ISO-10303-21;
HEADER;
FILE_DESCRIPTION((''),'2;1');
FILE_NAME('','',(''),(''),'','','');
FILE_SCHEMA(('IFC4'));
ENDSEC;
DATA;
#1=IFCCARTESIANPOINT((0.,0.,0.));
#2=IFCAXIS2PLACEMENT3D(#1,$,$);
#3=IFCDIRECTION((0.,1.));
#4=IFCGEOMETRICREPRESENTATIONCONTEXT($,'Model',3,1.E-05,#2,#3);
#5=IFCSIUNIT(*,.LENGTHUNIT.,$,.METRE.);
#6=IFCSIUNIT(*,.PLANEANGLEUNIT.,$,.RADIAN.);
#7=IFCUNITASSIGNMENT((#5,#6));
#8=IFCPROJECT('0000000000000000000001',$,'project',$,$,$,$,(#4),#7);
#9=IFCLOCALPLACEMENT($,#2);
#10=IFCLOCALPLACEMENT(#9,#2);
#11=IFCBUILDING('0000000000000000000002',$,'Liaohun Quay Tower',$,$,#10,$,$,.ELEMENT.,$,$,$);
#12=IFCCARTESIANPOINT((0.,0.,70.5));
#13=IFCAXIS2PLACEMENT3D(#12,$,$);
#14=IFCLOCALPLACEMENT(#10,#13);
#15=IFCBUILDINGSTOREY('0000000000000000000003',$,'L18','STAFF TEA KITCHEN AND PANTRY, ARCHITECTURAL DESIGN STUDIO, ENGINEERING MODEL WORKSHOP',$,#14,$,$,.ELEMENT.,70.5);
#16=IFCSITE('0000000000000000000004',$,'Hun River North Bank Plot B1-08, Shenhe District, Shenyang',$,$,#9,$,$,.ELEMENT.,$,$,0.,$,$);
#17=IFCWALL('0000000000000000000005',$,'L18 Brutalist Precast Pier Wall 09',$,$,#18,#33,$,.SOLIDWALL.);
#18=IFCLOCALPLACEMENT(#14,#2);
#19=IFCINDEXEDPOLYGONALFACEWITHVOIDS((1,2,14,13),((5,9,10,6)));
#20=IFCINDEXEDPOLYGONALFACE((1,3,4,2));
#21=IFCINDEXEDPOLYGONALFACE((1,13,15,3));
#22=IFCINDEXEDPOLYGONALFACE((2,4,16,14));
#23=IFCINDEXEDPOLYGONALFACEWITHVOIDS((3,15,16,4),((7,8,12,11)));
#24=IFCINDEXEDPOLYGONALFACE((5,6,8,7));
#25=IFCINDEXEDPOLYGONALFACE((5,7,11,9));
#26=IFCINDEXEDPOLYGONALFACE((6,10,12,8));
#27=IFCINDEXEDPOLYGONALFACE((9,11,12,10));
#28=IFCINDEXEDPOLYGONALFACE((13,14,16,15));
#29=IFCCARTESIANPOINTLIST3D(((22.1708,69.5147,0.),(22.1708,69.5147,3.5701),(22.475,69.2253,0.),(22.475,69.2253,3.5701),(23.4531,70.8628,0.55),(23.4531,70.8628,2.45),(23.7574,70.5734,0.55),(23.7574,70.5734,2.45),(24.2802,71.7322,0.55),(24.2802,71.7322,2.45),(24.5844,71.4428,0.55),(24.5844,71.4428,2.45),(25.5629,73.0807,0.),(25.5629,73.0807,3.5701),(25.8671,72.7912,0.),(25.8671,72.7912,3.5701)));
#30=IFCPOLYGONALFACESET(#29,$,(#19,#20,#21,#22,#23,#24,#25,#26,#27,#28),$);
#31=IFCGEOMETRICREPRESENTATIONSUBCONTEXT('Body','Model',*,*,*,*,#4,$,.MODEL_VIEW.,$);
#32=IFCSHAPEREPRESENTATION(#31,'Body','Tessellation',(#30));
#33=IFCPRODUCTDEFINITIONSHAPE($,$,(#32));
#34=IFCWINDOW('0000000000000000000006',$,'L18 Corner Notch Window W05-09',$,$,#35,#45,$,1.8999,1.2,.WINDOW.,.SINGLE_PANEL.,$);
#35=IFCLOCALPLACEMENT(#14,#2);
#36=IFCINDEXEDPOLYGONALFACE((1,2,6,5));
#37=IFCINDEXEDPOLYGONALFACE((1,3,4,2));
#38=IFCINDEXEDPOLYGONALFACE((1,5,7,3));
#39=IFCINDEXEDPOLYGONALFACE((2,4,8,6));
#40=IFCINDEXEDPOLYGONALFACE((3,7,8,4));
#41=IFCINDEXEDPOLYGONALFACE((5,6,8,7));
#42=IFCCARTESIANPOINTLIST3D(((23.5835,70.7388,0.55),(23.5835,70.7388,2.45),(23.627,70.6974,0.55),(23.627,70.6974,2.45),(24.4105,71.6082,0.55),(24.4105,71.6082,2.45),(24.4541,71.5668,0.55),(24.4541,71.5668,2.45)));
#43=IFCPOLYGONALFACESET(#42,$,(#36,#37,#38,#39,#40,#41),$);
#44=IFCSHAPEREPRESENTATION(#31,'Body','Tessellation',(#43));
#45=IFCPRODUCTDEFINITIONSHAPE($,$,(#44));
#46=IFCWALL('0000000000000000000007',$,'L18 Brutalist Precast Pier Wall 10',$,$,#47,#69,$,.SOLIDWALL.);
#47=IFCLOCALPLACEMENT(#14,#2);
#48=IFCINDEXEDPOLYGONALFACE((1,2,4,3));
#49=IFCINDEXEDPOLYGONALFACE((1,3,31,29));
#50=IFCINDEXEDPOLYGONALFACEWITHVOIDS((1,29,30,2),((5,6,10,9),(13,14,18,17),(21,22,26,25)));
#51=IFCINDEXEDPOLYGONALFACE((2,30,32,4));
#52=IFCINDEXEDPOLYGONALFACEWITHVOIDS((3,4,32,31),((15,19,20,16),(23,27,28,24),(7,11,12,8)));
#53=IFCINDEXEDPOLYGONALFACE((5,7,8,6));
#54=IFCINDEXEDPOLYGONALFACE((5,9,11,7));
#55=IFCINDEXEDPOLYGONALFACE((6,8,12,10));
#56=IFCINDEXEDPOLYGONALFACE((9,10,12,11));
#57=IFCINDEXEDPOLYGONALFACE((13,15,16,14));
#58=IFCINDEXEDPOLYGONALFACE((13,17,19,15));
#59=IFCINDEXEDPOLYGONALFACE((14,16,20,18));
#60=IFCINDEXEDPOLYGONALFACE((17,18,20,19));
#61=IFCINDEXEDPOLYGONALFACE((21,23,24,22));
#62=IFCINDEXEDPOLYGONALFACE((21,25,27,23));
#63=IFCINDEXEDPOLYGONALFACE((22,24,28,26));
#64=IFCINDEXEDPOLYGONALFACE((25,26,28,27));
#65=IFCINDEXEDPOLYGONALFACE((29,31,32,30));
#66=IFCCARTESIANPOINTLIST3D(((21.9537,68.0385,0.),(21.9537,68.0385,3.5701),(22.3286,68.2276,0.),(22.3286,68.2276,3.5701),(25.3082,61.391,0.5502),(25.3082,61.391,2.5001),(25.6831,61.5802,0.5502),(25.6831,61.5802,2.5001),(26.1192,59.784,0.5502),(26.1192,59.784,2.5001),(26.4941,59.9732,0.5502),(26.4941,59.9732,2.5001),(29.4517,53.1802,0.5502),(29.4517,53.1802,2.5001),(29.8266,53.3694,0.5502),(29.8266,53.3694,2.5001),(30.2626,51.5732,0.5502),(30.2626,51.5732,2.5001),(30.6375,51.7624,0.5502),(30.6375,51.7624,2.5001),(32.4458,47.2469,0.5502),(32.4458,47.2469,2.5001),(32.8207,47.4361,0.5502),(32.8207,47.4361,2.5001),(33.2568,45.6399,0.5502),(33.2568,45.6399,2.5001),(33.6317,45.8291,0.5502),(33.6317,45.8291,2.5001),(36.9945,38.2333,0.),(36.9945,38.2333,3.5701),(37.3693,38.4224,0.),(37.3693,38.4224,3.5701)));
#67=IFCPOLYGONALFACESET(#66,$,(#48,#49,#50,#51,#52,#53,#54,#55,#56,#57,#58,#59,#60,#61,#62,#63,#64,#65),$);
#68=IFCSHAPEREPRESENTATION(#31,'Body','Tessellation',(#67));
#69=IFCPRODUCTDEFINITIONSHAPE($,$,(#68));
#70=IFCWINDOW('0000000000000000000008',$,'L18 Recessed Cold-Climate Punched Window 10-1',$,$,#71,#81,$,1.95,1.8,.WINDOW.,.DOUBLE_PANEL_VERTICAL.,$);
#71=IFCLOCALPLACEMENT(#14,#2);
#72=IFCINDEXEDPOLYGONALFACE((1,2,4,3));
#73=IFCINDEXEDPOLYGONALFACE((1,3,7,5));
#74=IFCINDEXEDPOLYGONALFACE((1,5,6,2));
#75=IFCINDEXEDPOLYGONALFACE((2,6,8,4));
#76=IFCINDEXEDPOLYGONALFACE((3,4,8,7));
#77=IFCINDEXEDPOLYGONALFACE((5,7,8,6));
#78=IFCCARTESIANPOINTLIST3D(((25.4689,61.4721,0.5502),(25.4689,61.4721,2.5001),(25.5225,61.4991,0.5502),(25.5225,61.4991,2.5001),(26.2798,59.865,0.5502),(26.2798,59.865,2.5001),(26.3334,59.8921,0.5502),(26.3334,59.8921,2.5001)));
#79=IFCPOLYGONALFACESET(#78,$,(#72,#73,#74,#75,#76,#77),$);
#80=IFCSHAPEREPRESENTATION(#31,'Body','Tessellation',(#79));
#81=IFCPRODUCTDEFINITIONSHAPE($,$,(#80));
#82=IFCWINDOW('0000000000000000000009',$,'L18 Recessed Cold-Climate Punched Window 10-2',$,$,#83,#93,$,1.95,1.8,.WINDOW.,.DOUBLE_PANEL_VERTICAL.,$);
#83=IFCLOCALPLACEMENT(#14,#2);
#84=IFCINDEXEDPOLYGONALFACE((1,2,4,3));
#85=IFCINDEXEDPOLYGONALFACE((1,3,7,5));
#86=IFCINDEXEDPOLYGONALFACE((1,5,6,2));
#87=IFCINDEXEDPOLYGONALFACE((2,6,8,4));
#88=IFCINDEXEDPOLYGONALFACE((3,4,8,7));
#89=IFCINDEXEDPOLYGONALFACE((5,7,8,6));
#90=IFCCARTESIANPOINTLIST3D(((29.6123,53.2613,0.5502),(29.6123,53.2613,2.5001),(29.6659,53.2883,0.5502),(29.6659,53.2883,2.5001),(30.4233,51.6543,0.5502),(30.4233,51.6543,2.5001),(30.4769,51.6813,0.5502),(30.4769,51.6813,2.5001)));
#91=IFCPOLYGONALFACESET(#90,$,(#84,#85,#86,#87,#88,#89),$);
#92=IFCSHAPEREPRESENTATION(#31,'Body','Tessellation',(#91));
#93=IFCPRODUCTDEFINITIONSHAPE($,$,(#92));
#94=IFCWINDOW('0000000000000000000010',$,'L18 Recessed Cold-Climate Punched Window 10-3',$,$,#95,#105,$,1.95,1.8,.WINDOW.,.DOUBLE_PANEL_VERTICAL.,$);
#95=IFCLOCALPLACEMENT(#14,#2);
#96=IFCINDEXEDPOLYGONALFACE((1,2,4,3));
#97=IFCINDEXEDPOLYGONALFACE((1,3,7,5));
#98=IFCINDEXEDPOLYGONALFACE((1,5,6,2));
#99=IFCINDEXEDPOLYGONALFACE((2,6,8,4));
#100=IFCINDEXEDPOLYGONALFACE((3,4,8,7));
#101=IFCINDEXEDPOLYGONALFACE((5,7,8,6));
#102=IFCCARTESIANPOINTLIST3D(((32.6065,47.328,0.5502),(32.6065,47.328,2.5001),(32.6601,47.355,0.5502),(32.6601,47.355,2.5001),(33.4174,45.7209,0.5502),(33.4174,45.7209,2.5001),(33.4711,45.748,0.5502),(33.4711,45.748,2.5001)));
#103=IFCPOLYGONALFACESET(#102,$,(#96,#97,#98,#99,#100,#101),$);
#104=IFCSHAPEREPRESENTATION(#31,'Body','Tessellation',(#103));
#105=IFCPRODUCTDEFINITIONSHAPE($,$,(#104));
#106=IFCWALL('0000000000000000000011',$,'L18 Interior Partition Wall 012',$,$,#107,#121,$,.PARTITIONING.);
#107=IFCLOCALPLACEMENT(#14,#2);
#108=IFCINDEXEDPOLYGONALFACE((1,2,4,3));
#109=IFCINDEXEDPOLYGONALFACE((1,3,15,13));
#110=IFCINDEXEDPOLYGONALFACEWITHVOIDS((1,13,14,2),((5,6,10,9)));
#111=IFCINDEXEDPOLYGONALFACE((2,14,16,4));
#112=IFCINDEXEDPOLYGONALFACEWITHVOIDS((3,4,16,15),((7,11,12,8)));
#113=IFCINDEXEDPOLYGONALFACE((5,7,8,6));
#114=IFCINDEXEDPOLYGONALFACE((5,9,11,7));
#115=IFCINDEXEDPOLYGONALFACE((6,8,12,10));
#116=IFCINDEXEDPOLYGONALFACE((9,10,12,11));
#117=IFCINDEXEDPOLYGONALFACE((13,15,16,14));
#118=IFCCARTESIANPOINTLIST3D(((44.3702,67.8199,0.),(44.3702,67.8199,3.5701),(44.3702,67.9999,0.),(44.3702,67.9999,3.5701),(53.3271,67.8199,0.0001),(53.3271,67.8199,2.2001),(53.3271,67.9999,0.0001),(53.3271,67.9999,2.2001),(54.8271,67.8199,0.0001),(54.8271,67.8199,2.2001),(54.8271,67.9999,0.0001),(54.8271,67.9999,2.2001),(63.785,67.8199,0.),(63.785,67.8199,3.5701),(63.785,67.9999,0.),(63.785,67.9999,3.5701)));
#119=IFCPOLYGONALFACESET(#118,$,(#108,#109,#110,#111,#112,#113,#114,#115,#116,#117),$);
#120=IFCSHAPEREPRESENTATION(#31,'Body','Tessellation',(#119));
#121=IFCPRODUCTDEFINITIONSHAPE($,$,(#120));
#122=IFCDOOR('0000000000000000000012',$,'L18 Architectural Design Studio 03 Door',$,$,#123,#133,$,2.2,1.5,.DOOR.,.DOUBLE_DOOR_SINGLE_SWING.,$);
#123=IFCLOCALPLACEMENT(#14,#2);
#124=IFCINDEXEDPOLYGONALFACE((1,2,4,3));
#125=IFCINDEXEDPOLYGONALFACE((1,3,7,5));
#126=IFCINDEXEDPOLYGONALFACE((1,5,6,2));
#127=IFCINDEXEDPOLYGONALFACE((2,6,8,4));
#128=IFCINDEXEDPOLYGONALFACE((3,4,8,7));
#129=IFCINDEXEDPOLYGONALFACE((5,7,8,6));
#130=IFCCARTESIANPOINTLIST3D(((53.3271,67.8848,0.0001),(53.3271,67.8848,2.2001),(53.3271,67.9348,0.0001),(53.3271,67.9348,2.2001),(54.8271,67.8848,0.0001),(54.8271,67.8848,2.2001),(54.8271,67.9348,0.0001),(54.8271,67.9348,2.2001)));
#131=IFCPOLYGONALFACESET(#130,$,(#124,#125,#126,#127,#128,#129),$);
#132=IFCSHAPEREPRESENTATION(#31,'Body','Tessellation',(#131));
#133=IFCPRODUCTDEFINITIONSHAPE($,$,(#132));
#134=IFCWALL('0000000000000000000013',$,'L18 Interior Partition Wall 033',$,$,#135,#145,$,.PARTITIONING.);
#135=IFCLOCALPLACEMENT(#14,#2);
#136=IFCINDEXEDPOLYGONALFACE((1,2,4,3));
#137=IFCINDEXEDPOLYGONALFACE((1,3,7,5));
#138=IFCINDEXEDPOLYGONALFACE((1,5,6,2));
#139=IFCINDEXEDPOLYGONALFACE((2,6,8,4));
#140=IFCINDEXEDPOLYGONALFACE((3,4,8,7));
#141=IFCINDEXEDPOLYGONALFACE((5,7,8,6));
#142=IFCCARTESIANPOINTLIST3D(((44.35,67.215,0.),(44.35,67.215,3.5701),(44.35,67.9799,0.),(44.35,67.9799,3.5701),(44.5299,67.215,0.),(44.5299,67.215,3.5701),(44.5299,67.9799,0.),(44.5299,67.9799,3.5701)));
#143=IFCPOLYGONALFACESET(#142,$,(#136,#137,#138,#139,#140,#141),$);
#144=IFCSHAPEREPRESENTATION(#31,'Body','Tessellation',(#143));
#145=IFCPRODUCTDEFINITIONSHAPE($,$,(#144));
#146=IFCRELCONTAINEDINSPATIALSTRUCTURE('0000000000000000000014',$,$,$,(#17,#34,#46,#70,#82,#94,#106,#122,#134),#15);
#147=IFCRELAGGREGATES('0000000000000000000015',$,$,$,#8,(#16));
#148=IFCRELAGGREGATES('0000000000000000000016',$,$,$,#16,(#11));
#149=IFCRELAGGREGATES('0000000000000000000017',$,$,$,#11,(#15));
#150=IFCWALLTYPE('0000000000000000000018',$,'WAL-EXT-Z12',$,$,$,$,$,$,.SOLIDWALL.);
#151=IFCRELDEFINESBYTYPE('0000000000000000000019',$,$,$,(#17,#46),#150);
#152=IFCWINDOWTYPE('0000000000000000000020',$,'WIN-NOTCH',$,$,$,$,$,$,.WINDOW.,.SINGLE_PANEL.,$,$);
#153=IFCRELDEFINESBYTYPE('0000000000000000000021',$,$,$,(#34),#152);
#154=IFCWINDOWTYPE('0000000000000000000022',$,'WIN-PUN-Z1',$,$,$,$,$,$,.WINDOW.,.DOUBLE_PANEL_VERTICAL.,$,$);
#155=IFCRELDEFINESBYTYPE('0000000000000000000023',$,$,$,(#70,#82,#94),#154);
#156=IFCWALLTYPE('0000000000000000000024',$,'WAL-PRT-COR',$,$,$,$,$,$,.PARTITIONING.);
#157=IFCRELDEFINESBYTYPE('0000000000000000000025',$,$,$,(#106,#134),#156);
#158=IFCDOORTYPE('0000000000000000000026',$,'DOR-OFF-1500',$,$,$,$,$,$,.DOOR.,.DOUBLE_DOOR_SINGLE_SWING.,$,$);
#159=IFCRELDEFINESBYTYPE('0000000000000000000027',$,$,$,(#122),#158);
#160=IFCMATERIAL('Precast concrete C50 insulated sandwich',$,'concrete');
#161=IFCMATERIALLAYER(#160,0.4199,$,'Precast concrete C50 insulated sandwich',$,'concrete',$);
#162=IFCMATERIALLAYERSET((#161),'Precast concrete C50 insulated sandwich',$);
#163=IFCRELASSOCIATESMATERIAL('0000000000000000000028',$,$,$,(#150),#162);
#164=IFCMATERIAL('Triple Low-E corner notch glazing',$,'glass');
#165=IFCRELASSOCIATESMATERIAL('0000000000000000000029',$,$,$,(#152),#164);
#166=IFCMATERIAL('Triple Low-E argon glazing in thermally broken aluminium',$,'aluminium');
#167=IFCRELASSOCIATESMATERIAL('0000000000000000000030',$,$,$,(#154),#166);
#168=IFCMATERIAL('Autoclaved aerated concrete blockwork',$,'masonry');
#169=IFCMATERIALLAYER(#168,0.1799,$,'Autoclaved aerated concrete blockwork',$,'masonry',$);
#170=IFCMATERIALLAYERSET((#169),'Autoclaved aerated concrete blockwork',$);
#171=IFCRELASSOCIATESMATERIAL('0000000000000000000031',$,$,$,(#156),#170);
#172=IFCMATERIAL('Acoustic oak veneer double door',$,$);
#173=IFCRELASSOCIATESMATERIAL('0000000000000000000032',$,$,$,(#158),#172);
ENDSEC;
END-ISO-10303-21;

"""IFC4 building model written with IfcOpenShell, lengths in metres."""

from ifc_helpers import new_model, si_unit, direction, frame, frame_2d, origin, place, context, subcontext, project, spatial, rectangle, extrude, source, transform, mapped, material, layer, layer_set, type_object, element, fill, save


model = new_model("IFC4")

# Units and contexts
model_context = context("Model", 3, precision=1e-05, world=origin(), true_north=direction((0.0, 1.0)))
body_context = subcontext(model_context, "Body", "Model", "MODEL_VIEW")
ifc_project = project(units=[si_unit("LENGTHUNIT", "METRE"), si_unit("PLANEANGLEUNIT", "RADIAN")], contexts=[model_context])

# Site, building, storey
site_placement = place(None, origin())
site = spatial("IfcSite", under=ifc_project, at=site_placement, Name="Hun River North Bank Plot B1-08, Shenhe District, Shenyang", CompositionType="ELEMENT", RefElevation=0.0)
building_placement = place(site_placement, origin())
building = spatial("IfcBuilding", under=site, at=building_placement, Name="Liaohun Quay Tower", CompositionType="ELEMENT")
storey_placement = place(building_placement, frame((0.0, 0.0, 70.5)))
storey = spatial("IfcBuildingStorey", under=building, at=storey_placement, Name="L18", Description="STAFF TEA KITCHEN AND PANTRY, ARCHITECTURAL DESIGN STUDIO, ENGINEERING MODEL WORKSHOP", CompositionType="ELEMENT", Elevation=70.5)

# Wall, opening, window
ifc_material_1 = material(Name="Precast concrete C50 insulated sandwich", Category="concrete")
ifc_layer_1 = layer(ifc_material_1, 0.4199, Name="Precast concrete C50 insulated sandwich", Category="concrete")
ifc_layer_set_1 = layer_set([ifc_layer_1], Name="Precast concrete C50 insulated sandwich")
wall_type_1 = type_object("IfcWallType", Name="WAL-EXT-Z12", PredefinedType="SOLIDWALL", material=ifc_layer_set_1)
shared_shape_1 = source(origin(), body_context, "Body", "SweptSolid", [
    extrude(rectangle(XDim=1.2, YDim=1.8999, at=frame_2d((0.6001, 0.95))), frame((0.0, 0.22, 0.0), z_axis=(0.0, -1.0, 0.0), x_axis=(1.0, 0.0, 0.0)), (0.0, 0.0, 1.0), 0.4399),
])
ifc_material_2 = material(Name="Triple Low-E corner notch glazing", Category="glass")
window_type_1 = type_object("IfcWindowType", Name="WIN-NOTCH", PartitioningType="SINGLE_PANEL", PredefinedType="WINDOW", material=ifc_material_2)
shared_shape_2 = source(origin(), body_context, "Body", "SweptSolid", [
    extrude(rectangle(XDim=1.2, YDim=1.8999, at=frame_2d((0.6001, 0.95))), frame((0.0, 0.03, 0.0), z_axis=(0.0, -1.0, 0.0), x_axis=(1.0, 0.0, 0.0)), (0.0, 0.0, 1.0), 0.0601),
])
wall_1_placement = place(storey_placement, frame((25.7151, 72.936, 0.0), z_axis=(0.0, 0.0, 1.0), x_axis=(-0.689226, -0.724546, 0.0)))
wall_1 = element("IfcWall", 1, at=wall_1_placement, inside=storey, type_object=wall_type_1, Name="L18 Brutalist Precast Pier Wall 09", PredefinedType="SOLIDWALL", context=body_context, shape_type="SweptSolid", body=[
    extrude(rectangle(XDim=4.9216, YDim=0.4199, at=frame_2d((2.4609, 0.0))), origin(), (0.0, 0.0, 1.0), 3.5701),
])
opening_1_placement = place(wall_1_placement, frame((1.8611, 0.0, 0.55)))
opening_1 = element("IfcOpeningElement", 2, at=opening_1_placement, cuts=wall_1, PredefinedType="OPENING", context=body_context, shape_type="MappedRepresentation", body=[
    mapped(shared_shape_1, transform((0.0, 0.0, 0.0), x_axis=(1.0, 0.0, 0.0), y_axis=(0.0, 1.0, 0.0), z_axis=(0.0, 0.0, 1.0), scale=1.0)),
])
window_1_placement = place(opening_1_placement, origin())
window_1 = element("IfcWindow", 3, at=window_1_placement, inside=storey, type_object=window_type_1, Name="L18 Corner Notch Window W05-09", OverallHeight=1.8999, OverallWidth=1.2, PartitioningType="SINGLE_PANEL", PredefinedType="WINDOW", context=body_context, shape_type="MappedRepresentation", body=[
    mapped(shared_shape_2, transform((0.0, 0.0, 0.0), x_axis=(1.0, 0.0, 0.0), y_axis=(0.0, 1.0, 0.0), z_axis=(0.0, 0.0, 1.0), scale=1.0)),
])
fill(opening_1, window_1)

# Wall, openings, windows
wall_2_placement = place(storey_placement, frame((22.1411, 68.1331, 0.0), z_axis=(0.0, 0.0, 1.0), x_axis=(0.450522, -0.892765, 0.0)))
wall_2 = element("IfcWall", 4, at=wall_2_placement, inside=storey, type_object=wall_type_1, Name="L18 Brutalist Precast Pier Wall 10", PredefinedType="SOLIDWALL", context=body_context, shape_type="SweptSolid", body=[
    extrude(rectangle(XDim=33.3853, YDim=0.4199, at=frame_2d((16.6926, 0.0))), origin(), (0.0, 0.0, 1.0), 3.5701),
])
shared_shape_3 = source(origin(), body_context, "Body", "SweptSolid", [
    extrude(rectangle(XDim=1.8, YDim=1.95, at=frame_2d((0.8999, 0.9751))), frame((0.0, 0.22, 0.0), z_axis=(0.0, -1.0, 0.0), x_axis=(1.0, 0.0, 0.0)), (0.0, 0.0, 1.0), 0.4399),
])
opening_2_placement = place(wall_2_placement, frame((7.446, 0.0, 0.55)))
opening_2 = element("IfcOpeningElement", 5, at=opening_2_placement, cuts=wall_2, PredefinedType="OPENING", context=body_context, shape_type="MappedRepresentation", body=[
    mapped(shared_shape_3, transform((0.0, 0.0, 0.0), x_axis=(1.0, 0.0, 0.0), y_axis=(0.0, 1.0, 0.0), z_axis=(0.0, 0.0, 1.0), scale=1.0)),
])
opening_3_placement = place(wall_2_placement, frame((16.6431, 0.0, 0.55)))
opening_3 = element("IfcOpeningElement", 6, at=opening_3_placement, cuts=wall_2, PredefinedType="OPENING", context=body_context, shape_type="MappedRepresentation", body=[
    mapped(shared_shape_3, transform((0.0, 0.0, 0.0), x_axis=(1.0, 0.0, 0.0), y_axis=(0.0, 1.0, 0.0), z_axis=(0.0, 0.0, 1.0), scale=1.0)),
])
opening_4_placement = place(wall_2_placement, frame((23.2891, 0.0, 0.55)))
opening_4 = element("IfcOpeningElement", 7, at=opening_4_placement, cuts=wall_2, PredefinedType="OPENING", context=body_context, shape_type="MappedRepresentation", body=[
    mapped(shared_shape_3, transform((0.0, 0.0, 0.0), x_axis=(1.0, 0.0, 0.0), y_axis=(0.0, 1.0, 0.0), z_axis=(0.0, 0.0, 1.0), scale=1.0)),
])
ifc_material_3 = material(Name="Triple Low-E argon glazing in thermally broken aluminium", Category="aluminium")
window_type_2 = type_object("IfcWindowType", Name="WIN-PUN-Z1", PartitioningType="DOUBLE_PANEL_VERTICAL", PredefinedType="WINDOW", material=ifc_material_3)
shared_shape_4 = source(origin(), body_context, "Body", "SweptSolid", [
    extrude(rectangle(XDim=1.8, YDim=1.95, at=frame_2d((0.8999, 0.9751))), frame((0.0, 0.03, 0.0), z_axis=(0.0, -1.0, 0.0), x_axis=(1.0, 0.0, 0.0)), (0.0, 0.0, 1.0), 0.0601),
])
window_2_placement = place(opening_2_placement, origin())
window_2 = element("IfcWindow", 8, at=window_2_placement, inside=storey, type_object=window_type_2, Name="L18 Recessed Cold-Climate Punched Window 10-1", OverallHeight=1.95, OverallWidth=1.8, PartitioningType="DOUBLE_PANEL_VERTICAL", PredefinedType="WINDOW", context=body_context, shape_type="MappedRepresentation", body=[
    mapped(shared_shape_4, transform((0.0, 0.0, 0.0), x_axis=(1.0, 0.0, 0.0), y_axis=(0.0, 1.0, 0.0), z_axis=(0.0, 0.0, 1.0), scale=1.0)),
])
fill(opening_2, window_2)
window_3_placement = place(opening_3_placement, origin())
window_3 = element("IfcWindow", 9, at=window_3_placement, inside=storey, type_object=window_type_2, Name="L18 Recessed Cold-Climate Punched Window 10-2", OverallHeight=1.95, OverallWidth=1.8, PartitioningType="DOUBLE_PANEL_VERTICAL", PredefinedType="WINDOW", context=body_context, shape_type="MappedRepresentation", body=[
    mapped(shared_shape_4, transform((0.0, 0.0, 0.0), x_axis=(1.0, 0.0, 0.0), y_axis=(0.0, 1.0, 0.0), z_axis=(0.0, 0.0, 1.0), scale=1.0)),
])
fill(opening_3, window_3)
window_4_placement = place(opening_4_placement, origin())
window_4 = element("IfcWindow", 10, at=window_4_placement, inside=storey, type_object=window_type_2, Name="L18 Recessed Cold-Climate Punched Window 10-3", OverallHeight=1.95, OverallWidth=1.8, PartitioningType="DOUBLE_PANEL_VERTICAL", PredefinedType="WINDOW", context=body_context, shape_type="MappedRepresentation", body=[
    mapped(shared_shape_4, transform((0.0, 0.0, 0.0), x_axis=(1.0, 0.0, 0.0), y_axis=(0.0, 1.0, 0.0), z_axis=(0.0, 0.0, 1.0), scale=1.0)),
])
fill(opening_4, window_4)

# Wall, opening, door
ifc_material_4 = material(Name="Autoclaved aerated concrete blockwork", Category="masonry")
ifc_layer_2 = layer(ifc_material_4, 0.1799, Name="Autoclaved aerated concrete blockwork", Category="masonry")
ifc_layer_set_2 = layer_set([ifc_layer_2], Name="Autoclaved aerated concrete blockwork")
wall_type_2 = type_object("IfcWallType", Name="WAL-PRT-COR", PredefinedType="PARTITIONING", material=ifc_layer_set_2)
wall_3_placement = place(storey_placement, frame((44.3701, 67.9099, 0.0), z_axis=(0.0, 0.0, 1.0), x_axis=(1.0, 0.0, 0.0)))
wall_3 = element("IfcWall", 11, at=wall_3_placement, inside=storey, type_object=wall_type_2, Name="L18 Interior Partition Wall 012", PredefinedType="PARTITIONING", context=body_context, shape_type="SweptSolid", body=[
    extrude(rectangle(XDim=19.4148, YDim=0.1799, at=frame_2d((9.7075, 0.0))), origin(), (0.0, 0.0, 1.0), 3.5701),
])
shared_shape_5 = source(origin(), body_context, "Body", "SweptSolid", [
    extrude(rectangle(XDim=1.5, YDim=2.2, at=frame_2d((0.75, 1.1001))), frame((0.0, 0.0999, 0.0), z_axis=(0.0, -1.0, 0.0), x_axis=(1.0, 0.0, 0.0)), (0.0, 0.0, 1.0), 0.2),
])
opening_5_placement = place(wall_3_placement, frame((8.957, 0.0, 0.0)))
opening_5 = element("IfcOpeningElement", 12, at=opening_5_placement, cuts=wall_3, PredefinedType="OPENING", context=body_context, shape_type="MappedRepresentation", body=[
    mapped(shared_shape_5, transform((0.0, 0.0, 0.0), x_axis=(1.0, 0.0, 0.0), y_axis=(0.0, 1.0, 0.0), z_axis=(0.0, 0.0, 1.0), scale=1.0)),
])
ifc_material_5 = material(Name="Acoustic oak veneer double door")
door_type = type_object("IfcDoorType", Name="DOR-OFF-1500", OperationType="DOUBLE_DOOR_SINGLE_SWING", PredefinedType="DOOR", material=ifc_material_5)
shared_shape_6 = source(origin(), body_context, "Body", "SweptSolid", [
    extrude(rectangle(XDim=1.5, YDim=2.2, at=frame_2d((0.75, 1.1001))), frame((0.0, 0.0249, 0.0), z_axis=(0.0, -1.0, 0.0), x_axis=(1.0, 0.0, 0.0)), (0.0, 0.0, 1.0), 0.05),
])
door_placement = place(opening_5_placement, origin())
door = element("IfcDoor", 13, at=door_placement, inside=storey, type_object=door_type, Name="L18 Architectural Design Studio 03 Door", OperationType="DOUBLE_DOOR_SINGLE_SWING", OverallHeight=2.2, OverallWidth=1.5, PredefinedType="DOOR", context=body_context, shape_type="MappedRepresentation", body=[
    mapped(shared_shape_6, transform((0.0, 0.0, 0.0), x_axis=(1.0, 0.0, 0.0), y_axis=(0.0, 1.0, 0.0), z_axis=(0.0, 0.0, 1.0), scale=1.0)),
])
fill(opening_5, door)

# Wall
wall_4_placement = place(storey_placement, frame((44.4399, 67.2151, 0.0), z_axis=(0.0, 0.0, 1.0), x_axis=(0.0, 1.0, 0.0)))
element("IfcWall", 14, at=wall_4_placement, inside=storey, type_object=wall_type_2, Name="L18 Interior Partition Wall 033", PredefinedType="PARTITIONING", context=body_context, shape_type="SweptSolid", body=[
    extrude(rectangle(XDim=0.7649, YDim=0.1799, at=frame_2d((0.3823, 0.0))), origin(), (0.0, 0.0, 1.0), 3.5701),
])

save(model, "model.ifc")
